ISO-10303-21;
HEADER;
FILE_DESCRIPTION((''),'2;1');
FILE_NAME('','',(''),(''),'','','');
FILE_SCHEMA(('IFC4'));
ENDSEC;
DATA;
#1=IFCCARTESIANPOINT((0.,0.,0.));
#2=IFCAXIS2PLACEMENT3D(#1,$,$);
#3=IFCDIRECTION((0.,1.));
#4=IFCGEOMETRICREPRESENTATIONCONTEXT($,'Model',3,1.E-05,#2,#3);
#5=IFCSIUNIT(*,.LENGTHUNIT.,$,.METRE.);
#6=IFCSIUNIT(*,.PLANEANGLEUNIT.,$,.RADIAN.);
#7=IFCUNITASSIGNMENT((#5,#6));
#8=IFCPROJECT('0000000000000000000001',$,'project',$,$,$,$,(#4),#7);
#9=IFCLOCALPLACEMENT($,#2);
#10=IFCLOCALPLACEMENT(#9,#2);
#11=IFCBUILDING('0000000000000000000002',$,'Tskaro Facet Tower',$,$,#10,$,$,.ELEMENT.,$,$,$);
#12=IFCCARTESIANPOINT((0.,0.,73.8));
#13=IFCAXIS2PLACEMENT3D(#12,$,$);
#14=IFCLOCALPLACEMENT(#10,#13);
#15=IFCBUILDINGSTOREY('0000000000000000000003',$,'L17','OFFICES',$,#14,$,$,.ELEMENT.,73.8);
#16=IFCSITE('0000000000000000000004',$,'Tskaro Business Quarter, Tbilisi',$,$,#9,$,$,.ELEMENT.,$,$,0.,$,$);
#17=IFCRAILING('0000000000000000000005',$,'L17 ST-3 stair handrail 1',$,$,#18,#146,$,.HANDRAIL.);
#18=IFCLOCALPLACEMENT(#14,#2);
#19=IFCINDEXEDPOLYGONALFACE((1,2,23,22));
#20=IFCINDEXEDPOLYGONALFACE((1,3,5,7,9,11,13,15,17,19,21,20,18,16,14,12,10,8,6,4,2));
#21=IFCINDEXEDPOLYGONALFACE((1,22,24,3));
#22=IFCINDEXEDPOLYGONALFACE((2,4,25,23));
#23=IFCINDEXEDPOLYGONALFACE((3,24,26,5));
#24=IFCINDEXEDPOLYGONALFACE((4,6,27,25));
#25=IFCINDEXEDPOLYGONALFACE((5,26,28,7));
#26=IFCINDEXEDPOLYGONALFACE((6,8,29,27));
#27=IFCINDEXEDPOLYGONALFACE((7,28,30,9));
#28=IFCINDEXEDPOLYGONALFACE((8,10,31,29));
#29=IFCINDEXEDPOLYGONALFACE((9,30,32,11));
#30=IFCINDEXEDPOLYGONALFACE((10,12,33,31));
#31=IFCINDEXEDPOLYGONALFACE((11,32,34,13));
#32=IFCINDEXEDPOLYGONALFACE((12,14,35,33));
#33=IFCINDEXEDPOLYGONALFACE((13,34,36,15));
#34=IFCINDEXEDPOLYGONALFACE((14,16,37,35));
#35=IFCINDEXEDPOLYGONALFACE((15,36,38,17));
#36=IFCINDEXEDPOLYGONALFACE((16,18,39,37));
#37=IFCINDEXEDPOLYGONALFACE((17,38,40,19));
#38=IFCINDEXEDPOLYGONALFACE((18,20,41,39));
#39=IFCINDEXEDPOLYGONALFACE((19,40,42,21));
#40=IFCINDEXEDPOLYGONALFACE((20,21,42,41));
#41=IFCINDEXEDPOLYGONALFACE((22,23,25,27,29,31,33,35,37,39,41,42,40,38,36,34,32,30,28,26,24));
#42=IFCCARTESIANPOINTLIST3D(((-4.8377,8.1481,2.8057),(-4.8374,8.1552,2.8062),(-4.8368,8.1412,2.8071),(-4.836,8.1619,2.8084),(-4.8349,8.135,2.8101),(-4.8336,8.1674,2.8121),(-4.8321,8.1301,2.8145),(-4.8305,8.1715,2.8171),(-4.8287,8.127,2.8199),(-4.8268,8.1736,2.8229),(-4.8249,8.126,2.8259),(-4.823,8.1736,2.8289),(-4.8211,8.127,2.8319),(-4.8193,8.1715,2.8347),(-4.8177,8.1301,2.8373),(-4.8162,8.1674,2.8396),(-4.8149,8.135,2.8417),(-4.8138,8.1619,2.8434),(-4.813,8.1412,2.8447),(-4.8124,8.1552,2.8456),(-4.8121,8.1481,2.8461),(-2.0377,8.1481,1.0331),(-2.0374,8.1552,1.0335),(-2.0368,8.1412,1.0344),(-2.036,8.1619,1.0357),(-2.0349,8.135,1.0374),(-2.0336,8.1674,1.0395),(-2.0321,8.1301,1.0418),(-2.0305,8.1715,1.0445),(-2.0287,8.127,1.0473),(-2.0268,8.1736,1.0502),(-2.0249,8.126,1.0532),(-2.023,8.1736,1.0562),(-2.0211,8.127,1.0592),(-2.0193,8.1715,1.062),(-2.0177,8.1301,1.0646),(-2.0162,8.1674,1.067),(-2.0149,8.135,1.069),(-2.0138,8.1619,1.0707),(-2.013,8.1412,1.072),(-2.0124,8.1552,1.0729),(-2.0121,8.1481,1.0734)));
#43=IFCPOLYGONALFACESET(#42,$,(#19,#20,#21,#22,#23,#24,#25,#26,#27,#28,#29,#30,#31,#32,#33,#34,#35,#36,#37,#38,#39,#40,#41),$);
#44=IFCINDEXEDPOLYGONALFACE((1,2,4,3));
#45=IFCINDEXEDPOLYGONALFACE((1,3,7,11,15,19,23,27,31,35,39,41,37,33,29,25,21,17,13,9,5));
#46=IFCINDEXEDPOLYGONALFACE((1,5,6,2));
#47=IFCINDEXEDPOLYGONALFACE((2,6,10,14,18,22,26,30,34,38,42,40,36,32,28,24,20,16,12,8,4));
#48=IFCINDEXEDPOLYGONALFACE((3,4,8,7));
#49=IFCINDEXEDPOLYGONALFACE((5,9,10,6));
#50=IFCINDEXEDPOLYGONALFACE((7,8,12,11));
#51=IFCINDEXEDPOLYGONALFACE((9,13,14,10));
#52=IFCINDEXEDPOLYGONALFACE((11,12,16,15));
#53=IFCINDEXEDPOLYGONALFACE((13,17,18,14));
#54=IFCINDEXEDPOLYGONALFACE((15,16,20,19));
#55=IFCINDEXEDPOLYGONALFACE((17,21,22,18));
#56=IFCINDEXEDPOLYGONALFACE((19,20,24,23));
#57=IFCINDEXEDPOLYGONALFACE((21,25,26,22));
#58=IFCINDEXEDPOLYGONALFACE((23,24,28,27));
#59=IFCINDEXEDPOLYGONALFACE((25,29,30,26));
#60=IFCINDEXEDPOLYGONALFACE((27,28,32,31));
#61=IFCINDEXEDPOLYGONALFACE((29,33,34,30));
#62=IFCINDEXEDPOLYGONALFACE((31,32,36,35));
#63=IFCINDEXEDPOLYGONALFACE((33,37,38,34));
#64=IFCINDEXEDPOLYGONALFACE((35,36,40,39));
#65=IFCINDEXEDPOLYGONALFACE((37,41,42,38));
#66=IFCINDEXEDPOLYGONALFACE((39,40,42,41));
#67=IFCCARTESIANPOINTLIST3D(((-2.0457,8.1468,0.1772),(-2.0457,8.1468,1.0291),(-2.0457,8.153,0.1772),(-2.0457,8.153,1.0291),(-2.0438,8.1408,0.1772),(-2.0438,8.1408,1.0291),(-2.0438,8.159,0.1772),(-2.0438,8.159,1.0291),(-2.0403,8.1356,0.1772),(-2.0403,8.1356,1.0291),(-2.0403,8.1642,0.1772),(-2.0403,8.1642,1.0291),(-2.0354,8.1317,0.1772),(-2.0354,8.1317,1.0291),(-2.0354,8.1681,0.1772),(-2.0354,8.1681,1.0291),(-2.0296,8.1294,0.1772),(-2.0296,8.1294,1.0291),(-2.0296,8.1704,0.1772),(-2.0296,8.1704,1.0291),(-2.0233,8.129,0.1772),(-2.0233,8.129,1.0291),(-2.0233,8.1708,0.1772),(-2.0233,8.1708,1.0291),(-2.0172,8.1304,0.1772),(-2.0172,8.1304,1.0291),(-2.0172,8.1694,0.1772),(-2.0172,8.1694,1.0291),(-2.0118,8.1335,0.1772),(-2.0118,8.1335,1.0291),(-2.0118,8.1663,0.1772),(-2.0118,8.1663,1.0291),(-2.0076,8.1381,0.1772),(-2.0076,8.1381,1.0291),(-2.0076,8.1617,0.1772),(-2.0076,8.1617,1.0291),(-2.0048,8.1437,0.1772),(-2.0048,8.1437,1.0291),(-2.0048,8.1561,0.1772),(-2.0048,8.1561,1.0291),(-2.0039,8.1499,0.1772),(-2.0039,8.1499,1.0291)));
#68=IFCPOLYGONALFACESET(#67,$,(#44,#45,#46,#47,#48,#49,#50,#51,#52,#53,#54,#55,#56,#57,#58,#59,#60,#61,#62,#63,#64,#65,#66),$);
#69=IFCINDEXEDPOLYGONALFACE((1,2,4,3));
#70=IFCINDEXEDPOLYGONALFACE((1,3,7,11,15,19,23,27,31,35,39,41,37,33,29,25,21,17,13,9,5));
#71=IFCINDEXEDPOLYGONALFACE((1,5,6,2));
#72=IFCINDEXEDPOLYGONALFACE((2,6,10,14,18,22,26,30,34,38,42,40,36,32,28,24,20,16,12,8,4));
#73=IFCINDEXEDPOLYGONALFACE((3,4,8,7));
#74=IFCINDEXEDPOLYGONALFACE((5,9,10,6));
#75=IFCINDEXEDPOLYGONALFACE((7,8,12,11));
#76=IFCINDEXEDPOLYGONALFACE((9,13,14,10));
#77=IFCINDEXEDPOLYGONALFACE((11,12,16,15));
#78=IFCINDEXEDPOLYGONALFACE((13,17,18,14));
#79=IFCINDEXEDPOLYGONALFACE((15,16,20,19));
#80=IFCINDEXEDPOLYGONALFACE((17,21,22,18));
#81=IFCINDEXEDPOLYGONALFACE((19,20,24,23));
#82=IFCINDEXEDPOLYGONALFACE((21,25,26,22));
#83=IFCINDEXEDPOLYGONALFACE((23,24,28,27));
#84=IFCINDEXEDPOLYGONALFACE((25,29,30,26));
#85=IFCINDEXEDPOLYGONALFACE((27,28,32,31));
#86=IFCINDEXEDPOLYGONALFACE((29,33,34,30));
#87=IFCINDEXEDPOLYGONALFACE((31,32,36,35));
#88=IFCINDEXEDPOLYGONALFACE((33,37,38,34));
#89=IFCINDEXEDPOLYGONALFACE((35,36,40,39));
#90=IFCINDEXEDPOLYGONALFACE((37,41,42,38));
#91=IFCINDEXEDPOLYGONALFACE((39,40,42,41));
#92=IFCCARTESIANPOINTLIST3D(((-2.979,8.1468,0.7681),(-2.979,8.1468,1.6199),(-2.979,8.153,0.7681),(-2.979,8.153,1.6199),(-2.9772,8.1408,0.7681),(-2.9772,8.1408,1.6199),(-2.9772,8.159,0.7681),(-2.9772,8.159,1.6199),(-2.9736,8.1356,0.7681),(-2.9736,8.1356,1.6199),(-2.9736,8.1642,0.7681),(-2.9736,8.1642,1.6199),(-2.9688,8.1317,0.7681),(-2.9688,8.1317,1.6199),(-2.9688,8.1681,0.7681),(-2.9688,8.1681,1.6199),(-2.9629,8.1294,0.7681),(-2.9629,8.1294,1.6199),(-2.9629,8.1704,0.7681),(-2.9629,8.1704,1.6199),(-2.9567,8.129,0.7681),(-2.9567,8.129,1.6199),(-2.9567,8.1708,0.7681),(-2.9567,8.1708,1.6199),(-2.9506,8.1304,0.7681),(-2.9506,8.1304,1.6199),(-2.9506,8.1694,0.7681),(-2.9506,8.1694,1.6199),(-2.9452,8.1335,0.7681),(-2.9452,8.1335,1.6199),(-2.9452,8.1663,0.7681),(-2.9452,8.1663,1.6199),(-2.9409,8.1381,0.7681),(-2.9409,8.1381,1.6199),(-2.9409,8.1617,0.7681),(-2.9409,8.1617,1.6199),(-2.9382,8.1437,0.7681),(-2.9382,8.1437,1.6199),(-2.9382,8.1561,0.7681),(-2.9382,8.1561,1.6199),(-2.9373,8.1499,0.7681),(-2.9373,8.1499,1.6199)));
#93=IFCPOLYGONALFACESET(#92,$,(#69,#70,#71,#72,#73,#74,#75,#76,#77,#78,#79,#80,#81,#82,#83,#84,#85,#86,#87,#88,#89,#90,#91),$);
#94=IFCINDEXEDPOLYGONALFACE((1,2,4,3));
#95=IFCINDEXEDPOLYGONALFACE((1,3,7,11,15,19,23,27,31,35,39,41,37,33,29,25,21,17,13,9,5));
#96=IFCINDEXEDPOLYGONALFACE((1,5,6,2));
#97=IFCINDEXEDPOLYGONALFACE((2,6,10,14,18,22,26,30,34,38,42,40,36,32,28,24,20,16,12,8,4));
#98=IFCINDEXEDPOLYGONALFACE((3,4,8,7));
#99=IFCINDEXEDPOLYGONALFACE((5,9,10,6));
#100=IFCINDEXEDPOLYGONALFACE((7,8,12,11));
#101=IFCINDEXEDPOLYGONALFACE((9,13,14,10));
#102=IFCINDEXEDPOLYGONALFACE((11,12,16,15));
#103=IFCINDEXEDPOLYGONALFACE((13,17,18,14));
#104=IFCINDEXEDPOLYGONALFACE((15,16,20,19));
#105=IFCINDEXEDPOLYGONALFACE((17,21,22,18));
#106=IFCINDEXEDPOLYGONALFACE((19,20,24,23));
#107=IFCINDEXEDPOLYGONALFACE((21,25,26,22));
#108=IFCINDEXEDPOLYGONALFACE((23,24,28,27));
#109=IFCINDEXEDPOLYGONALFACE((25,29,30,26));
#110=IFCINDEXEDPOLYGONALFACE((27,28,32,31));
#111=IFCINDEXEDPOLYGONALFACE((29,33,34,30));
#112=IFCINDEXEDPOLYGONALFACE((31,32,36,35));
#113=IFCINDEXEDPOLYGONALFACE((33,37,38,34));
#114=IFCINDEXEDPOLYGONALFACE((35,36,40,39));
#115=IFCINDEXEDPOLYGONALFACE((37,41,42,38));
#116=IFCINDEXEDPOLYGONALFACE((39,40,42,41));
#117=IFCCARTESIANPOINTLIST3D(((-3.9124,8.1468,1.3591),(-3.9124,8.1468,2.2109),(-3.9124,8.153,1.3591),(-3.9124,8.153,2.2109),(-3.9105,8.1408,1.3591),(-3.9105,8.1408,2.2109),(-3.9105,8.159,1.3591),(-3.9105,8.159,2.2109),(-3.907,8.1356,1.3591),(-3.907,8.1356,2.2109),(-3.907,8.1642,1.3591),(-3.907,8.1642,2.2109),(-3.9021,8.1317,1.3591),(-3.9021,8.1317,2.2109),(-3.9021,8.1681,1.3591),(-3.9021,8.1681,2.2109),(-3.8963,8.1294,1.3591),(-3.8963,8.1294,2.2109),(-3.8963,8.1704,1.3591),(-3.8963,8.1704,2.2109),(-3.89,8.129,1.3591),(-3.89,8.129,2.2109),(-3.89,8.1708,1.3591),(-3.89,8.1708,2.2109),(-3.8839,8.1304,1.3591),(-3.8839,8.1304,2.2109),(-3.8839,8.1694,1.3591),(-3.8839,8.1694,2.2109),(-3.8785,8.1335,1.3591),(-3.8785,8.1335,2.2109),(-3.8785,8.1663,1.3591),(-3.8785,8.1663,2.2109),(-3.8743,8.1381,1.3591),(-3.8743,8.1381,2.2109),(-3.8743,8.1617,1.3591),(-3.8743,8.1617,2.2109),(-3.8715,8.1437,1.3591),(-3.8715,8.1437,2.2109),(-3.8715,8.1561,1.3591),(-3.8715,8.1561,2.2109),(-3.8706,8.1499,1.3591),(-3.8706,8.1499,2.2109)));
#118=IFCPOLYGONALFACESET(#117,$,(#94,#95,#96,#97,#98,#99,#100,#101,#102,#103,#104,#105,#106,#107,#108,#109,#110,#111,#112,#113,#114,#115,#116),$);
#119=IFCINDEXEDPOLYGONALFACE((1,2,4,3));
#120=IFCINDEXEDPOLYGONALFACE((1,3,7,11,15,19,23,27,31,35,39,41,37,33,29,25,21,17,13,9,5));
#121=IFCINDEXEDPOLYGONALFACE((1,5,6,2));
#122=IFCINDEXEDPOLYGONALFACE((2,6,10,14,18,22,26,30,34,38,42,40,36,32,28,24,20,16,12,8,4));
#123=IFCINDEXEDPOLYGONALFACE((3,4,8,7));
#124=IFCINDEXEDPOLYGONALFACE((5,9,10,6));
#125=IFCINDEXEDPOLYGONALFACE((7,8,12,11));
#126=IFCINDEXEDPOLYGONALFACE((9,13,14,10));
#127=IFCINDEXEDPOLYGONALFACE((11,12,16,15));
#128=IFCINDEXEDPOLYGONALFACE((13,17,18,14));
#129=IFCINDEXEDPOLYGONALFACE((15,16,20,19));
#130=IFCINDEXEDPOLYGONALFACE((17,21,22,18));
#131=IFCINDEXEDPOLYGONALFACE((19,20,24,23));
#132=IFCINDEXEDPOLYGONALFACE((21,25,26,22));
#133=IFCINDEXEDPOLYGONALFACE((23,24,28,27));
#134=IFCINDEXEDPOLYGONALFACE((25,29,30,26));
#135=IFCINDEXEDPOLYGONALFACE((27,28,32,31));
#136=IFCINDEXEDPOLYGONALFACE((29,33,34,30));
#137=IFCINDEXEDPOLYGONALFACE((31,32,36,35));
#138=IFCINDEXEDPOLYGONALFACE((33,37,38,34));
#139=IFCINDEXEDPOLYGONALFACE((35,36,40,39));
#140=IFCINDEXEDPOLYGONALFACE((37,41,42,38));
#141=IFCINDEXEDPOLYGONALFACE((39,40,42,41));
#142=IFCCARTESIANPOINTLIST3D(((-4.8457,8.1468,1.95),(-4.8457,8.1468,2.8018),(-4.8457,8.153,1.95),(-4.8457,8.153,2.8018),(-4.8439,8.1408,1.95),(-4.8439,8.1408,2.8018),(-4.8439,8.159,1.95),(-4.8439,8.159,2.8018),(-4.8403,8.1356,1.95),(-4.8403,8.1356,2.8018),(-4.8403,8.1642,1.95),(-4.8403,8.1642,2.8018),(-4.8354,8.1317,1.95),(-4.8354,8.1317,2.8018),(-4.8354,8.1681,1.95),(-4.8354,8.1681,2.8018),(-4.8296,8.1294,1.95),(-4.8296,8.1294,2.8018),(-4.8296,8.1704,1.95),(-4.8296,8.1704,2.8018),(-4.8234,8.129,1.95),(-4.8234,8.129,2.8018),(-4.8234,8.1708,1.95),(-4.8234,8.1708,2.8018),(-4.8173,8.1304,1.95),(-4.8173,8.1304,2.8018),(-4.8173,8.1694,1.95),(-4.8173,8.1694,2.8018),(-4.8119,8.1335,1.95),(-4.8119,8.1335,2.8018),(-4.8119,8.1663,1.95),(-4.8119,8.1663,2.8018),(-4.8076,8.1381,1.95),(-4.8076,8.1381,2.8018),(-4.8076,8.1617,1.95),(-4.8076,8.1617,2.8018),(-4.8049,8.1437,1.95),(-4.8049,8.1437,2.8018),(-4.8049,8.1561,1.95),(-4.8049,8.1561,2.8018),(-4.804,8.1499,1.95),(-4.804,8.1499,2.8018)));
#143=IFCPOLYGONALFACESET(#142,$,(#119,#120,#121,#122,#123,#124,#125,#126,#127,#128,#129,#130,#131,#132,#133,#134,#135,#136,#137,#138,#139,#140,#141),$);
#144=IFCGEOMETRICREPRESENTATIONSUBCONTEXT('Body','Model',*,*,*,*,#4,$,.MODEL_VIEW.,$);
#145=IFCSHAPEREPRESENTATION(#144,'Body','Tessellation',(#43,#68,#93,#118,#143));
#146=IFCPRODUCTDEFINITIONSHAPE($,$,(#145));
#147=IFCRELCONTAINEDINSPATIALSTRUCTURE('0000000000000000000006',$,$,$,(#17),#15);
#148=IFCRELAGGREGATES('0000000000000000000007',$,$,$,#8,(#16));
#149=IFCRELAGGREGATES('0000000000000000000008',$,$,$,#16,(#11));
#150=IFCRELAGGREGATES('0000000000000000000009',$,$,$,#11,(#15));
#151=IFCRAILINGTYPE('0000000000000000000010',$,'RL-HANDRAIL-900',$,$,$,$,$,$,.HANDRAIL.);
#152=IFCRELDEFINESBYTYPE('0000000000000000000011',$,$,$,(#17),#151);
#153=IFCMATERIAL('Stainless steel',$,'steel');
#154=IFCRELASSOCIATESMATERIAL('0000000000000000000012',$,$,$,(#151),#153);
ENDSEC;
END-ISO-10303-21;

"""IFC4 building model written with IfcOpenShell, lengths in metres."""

from ifc_helpers import new_model, si_unit, direction, frame, origin, origin_2d, place, context, subcontext, project, spatial, circle, extrude, material, type_object, element, save


model = new_model("IFC4")

# Units and contexts
model_context = context("Model", 3, precision=1e-05, world=origin(), true_north=direction((0.0, 1.0)))
body_context = subcontext(model_context, "Body", "Model", "MODEL_VIEW")
ifc_project = project(units=[si_unit("LENGTHUNIT", "METRE"), si_unit("PLANEANGLEUNIT", "RADIAN")], contexts=[model_context])

# Site, building, storey
site_placement = place(None, origin())
site = spatial("IfcSite", under=ifc_project, at=site_placement, Name="Tskaro Business Quarter, Tbilisi", CompositionType="ELEMENT", RefElevation=0.0)
building_placement = place(site_placement, origin())
building = spatial("IfcBuilding", under=site, at=building_placement, Name="Tskaro Facet Tower", CompositionType="ELEMENT")
storey_placement = place(building_placement, frame((0.0, 0.0, 73.8)))
storey = spatial("IfcBuildingStorey", under=building, at=storey_placement, Name="L17", Description="OFFICES", CompositionType="ELEMENT", Elevation=73.8)

# Railing
ifc_material_1 = material(Name="Stainless steel", Category="steel")
railing_type_1 = type_object("IfcRailingType", Name="RL-HANDRAIL-900", PredefinedType="HANDRAIL", material=ifc_material_1)
railing_1_placement = place(storey_placement, frame((-2.0249, 8.1499, 0.1772)))
element("IfcRailing", 1, at=railing_1_placement, inside=storey, type_object=railing_type_1, Name="L17 ST-3 stair handrail 1", PredefinedType="HANDRAIL", context=body_context, shape_type="SweptSolid", body=[
    extrude(circle(Radius=0.0239, at=origin_2d()), frame((0.0, 0.0, 0.876), z_axis=(-0.844909, 0.0, 0.53491), x_axis=(0.0, -1.0, 0.0)), (0.0, 0.0, 1.0), 3.314),
    extrude(circle(Radius=0.021, at=origin_2d()), origin(), (0.0, 0.0, 1.0), 0.8518),
    extrude(circle(Radius=0.021, at=origin_2d()), frame((-0.9333, 0.0, 0.5908)), (0.0, 0.0, 1.0), 0.8518),
    extrude(circle(Radius=0.021, at=origin_2d()), frame((-1.8667, 0.0, 1.1819)), (0.0, 0.0, 1.0), 0.8518),
    extrude(circle(Radius=0.021, at=origin_2d()), frame((-2.8, 0.0, 1.7727)), (0.0, 0.0, 1.0), 0.8518),
])

save(model, "model.ifc")
